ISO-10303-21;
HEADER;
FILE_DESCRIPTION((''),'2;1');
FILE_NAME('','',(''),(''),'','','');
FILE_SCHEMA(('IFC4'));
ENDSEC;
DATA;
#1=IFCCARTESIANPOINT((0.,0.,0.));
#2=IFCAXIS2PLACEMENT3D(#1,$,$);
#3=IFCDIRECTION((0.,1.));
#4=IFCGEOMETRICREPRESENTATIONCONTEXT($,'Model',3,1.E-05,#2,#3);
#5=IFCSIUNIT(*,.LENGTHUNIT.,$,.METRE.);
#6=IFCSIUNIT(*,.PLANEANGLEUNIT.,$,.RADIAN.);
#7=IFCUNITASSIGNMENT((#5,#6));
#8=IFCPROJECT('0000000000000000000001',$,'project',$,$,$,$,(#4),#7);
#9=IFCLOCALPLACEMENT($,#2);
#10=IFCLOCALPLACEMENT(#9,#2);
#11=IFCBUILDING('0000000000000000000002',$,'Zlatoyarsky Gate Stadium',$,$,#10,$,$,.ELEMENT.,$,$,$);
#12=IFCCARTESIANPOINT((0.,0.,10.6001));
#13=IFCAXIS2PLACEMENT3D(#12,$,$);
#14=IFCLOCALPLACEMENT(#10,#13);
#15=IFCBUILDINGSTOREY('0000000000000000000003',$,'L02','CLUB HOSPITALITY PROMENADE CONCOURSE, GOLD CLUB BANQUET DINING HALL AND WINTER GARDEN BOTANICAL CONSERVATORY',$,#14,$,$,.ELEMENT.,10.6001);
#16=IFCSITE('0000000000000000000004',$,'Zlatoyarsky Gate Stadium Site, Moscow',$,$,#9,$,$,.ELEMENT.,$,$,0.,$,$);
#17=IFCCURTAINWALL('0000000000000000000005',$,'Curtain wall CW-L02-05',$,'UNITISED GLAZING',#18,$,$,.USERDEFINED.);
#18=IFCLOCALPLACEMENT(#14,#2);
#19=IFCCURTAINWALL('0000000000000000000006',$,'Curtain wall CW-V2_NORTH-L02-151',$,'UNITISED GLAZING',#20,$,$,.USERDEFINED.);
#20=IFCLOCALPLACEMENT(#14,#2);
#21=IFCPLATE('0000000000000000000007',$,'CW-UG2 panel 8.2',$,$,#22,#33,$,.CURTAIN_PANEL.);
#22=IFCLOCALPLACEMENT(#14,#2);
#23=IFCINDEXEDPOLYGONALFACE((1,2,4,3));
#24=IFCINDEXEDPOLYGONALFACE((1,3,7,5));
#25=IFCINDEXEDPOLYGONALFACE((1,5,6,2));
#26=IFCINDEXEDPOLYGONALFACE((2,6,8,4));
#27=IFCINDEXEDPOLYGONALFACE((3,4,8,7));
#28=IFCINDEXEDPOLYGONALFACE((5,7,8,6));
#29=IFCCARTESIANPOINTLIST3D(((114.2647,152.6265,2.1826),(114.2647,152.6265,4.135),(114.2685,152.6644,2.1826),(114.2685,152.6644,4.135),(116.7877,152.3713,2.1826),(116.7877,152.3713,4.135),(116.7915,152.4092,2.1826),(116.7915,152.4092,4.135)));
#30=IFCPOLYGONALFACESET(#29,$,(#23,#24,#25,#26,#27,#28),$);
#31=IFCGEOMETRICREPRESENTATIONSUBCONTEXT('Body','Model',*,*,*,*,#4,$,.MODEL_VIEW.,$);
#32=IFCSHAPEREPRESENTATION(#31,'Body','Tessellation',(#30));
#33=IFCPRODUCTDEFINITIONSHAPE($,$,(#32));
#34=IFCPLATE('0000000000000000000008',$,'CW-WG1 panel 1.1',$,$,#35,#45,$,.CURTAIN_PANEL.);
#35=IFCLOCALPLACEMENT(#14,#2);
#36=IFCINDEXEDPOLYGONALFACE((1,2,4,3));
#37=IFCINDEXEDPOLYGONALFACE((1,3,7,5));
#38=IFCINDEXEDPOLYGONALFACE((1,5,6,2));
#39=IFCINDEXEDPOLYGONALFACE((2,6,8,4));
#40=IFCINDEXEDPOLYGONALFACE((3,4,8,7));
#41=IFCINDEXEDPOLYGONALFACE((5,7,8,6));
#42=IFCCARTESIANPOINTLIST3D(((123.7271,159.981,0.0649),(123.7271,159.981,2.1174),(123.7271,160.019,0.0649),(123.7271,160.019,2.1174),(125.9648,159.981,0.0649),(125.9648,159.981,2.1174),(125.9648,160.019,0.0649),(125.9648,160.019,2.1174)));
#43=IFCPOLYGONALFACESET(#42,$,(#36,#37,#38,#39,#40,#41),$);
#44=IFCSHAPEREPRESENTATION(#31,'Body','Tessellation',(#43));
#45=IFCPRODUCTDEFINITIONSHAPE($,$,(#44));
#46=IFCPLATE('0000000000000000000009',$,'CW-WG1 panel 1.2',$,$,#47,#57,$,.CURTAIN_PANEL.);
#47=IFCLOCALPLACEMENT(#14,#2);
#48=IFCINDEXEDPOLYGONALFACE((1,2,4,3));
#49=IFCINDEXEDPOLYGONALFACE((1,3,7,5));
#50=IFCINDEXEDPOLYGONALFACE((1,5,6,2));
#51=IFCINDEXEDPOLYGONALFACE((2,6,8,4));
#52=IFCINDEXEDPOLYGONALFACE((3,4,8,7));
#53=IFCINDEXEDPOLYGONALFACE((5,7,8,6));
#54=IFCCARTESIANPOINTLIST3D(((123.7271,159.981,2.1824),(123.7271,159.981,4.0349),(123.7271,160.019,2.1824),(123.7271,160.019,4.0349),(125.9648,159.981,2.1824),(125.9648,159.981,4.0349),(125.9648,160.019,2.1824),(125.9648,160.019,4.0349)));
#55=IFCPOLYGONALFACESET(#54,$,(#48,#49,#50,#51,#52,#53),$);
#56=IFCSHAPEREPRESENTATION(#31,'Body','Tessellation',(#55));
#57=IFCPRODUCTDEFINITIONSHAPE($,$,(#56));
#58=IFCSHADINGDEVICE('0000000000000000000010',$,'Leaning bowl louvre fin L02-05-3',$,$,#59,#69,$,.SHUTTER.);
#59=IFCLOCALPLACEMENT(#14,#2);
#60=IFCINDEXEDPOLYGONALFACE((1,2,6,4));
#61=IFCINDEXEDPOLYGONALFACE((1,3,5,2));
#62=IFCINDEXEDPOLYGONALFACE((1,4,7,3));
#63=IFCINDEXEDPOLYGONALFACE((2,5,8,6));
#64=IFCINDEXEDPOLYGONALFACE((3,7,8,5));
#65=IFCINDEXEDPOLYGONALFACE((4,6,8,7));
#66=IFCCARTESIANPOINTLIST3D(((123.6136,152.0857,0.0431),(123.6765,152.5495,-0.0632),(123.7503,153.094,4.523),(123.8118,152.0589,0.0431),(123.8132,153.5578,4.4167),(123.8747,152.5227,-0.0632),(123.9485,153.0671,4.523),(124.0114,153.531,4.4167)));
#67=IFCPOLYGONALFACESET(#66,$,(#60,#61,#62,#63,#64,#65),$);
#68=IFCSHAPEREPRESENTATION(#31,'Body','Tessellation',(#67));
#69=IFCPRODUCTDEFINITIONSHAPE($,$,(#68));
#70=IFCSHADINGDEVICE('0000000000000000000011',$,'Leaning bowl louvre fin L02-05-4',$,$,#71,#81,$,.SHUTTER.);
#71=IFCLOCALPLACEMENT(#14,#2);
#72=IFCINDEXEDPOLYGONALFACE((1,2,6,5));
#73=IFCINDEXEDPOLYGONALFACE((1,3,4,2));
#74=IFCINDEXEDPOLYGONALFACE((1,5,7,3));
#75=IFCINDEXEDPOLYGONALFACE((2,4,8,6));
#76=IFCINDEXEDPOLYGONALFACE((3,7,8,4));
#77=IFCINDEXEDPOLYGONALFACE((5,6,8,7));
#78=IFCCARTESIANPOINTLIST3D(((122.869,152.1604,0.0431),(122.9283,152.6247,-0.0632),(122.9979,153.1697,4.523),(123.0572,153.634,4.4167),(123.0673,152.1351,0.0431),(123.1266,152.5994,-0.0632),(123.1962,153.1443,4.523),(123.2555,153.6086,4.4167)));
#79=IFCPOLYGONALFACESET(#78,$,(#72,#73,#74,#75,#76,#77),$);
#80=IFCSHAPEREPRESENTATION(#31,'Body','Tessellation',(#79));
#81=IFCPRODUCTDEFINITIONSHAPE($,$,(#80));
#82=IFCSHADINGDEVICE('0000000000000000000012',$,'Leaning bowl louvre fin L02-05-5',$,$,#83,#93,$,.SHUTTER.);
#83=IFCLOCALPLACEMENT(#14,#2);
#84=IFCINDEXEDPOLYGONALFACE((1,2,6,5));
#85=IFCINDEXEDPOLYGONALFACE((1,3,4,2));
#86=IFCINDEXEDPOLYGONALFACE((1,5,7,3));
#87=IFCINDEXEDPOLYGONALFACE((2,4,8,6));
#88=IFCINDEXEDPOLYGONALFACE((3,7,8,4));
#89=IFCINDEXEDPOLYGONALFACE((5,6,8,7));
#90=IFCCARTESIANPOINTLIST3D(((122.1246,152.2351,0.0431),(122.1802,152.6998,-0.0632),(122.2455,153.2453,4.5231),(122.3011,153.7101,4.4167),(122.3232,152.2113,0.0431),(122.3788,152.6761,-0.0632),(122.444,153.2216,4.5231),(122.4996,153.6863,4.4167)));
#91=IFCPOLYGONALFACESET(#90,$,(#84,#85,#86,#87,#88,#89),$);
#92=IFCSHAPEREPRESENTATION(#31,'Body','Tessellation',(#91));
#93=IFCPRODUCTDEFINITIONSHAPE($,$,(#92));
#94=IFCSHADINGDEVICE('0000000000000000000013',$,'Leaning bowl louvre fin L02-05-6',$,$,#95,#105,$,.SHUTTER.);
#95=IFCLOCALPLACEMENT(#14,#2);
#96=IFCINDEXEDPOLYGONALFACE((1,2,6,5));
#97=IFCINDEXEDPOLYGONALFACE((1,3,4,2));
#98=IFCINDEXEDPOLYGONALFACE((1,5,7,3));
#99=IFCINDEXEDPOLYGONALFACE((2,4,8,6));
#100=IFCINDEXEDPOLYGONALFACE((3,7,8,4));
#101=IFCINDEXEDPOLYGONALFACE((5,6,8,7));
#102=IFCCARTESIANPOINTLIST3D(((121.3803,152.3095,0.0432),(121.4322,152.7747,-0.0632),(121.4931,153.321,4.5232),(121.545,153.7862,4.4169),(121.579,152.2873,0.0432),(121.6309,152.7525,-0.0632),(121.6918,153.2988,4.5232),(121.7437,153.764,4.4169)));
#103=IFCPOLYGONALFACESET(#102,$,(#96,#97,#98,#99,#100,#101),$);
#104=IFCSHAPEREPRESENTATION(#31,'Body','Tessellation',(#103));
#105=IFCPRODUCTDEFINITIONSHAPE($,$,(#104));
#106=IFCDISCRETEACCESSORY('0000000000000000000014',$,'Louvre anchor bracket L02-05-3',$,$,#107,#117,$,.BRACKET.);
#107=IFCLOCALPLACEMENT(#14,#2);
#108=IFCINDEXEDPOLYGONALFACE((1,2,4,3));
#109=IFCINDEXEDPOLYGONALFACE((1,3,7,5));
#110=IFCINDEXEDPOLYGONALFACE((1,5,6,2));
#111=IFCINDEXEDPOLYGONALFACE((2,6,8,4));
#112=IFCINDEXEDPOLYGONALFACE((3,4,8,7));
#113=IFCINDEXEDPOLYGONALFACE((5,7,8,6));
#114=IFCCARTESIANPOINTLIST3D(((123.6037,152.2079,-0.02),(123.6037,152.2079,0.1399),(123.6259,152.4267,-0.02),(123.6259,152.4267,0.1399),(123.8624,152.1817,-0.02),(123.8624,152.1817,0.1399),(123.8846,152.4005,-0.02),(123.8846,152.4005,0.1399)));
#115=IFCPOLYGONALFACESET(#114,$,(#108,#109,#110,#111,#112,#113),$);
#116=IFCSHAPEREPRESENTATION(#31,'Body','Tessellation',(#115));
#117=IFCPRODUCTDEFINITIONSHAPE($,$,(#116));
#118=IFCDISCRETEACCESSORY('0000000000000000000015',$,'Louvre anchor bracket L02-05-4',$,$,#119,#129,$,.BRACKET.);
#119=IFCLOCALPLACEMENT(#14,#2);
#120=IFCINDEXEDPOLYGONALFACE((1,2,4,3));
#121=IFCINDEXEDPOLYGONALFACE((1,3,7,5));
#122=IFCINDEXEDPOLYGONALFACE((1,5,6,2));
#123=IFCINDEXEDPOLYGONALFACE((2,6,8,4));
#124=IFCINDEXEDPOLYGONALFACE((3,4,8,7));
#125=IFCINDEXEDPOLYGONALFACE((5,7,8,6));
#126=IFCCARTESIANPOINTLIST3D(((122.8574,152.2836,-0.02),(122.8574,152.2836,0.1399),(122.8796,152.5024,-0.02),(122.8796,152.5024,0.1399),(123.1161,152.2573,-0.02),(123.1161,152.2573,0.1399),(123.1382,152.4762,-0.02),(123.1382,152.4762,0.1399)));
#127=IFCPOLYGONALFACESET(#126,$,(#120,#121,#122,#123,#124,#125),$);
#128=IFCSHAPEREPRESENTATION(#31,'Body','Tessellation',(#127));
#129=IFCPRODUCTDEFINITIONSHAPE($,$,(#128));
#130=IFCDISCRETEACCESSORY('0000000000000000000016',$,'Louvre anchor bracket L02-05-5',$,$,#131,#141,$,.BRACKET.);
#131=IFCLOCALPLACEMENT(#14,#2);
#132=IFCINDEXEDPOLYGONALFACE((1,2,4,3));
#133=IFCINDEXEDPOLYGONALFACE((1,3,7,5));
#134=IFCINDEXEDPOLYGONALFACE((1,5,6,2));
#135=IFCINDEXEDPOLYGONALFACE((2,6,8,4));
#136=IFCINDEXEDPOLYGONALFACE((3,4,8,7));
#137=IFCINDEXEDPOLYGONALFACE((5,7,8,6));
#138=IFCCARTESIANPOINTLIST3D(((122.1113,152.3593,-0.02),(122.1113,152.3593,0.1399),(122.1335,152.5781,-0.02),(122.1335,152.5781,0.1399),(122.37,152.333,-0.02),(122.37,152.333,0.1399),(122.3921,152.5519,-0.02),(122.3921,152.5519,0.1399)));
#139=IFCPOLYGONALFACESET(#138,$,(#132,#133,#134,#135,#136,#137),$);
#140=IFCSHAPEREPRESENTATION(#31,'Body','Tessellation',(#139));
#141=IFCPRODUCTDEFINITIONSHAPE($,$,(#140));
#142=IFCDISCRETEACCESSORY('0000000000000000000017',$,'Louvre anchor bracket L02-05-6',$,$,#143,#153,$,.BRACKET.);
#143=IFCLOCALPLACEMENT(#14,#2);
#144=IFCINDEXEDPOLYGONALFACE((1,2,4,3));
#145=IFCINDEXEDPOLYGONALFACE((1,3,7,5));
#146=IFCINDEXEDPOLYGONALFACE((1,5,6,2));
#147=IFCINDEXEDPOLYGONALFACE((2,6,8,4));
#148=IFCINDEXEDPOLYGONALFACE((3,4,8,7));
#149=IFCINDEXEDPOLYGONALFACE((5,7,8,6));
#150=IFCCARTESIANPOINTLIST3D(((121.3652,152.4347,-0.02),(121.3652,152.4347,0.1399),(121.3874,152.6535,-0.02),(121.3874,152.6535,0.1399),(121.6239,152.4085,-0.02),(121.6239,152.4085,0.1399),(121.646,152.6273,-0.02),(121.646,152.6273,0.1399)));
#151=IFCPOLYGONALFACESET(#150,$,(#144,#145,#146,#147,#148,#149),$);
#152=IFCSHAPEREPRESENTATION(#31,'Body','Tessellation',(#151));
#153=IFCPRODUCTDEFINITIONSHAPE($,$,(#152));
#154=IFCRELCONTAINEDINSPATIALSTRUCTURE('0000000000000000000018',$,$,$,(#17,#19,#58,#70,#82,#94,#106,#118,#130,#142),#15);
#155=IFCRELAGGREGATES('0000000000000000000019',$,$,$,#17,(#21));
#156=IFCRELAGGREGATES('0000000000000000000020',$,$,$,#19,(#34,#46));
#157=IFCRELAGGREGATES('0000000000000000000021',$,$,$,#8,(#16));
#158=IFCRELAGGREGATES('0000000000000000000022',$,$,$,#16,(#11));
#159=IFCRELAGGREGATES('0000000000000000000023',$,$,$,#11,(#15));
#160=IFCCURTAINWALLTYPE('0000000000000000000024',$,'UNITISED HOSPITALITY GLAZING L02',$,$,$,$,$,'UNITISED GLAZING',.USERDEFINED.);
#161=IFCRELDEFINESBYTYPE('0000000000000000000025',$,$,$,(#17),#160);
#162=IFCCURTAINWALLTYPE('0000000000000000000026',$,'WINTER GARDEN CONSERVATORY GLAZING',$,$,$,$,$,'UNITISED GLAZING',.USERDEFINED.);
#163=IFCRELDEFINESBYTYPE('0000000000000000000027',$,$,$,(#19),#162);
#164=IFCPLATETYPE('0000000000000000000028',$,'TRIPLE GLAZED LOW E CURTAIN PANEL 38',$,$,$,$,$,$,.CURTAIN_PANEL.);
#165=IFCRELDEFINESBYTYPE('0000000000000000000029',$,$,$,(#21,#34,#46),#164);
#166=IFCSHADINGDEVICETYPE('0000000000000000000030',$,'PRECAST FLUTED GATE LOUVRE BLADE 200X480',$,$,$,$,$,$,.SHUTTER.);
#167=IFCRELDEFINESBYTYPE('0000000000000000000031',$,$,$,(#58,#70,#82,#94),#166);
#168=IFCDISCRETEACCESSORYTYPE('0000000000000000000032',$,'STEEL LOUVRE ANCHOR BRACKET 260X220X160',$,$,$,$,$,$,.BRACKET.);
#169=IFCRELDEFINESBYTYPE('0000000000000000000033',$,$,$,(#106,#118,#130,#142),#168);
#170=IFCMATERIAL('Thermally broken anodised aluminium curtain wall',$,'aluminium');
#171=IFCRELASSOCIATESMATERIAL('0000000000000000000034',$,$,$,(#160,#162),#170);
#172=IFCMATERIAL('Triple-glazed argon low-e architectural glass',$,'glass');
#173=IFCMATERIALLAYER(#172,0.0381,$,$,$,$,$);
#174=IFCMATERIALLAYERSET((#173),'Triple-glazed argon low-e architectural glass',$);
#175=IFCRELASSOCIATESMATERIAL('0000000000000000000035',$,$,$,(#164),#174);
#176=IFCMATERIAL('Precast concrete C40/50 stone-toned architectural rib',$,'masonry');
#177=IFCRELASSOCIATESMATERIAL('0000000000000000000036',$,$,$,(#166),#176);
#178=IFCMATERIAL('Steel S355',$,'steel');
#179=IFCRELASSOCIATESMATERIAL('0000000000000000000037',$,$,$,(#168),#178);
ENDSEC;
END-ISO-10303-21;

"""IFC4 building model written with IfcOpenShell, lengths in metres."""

from ifc_helpers import new_model, si_unit, direction, frame, origin, origin_2d, place, context, subcontext, project, spatial, rectangle, extrude, material, layer, layer_set, material_profile, profile_set, type_object, element, aggregate, save


model = new_model("IFC4")

# Units and contexts
model_context = context("Model", 3, precision=1e-05, world=origin(), true_north=direction((0.0, 1.0)))
body_context = subcontext(model_context, "Body", "Model", "MODEL_VIEW")
ifc_project = project(units=[si_unit("LENGTHUNIT", "METRE"), si_unit("PLANEANGLEUNIT", "RADIAN")], contexts=[model_context])

# Site, building, storey
site_placement = place(None, origin())
site = spatial("IfcSite", under=ifc_project, at=site_placement, Name="Zlatoyarsky Gate Stadium Site, Moscow", CompositionType="ELEMENT", RefElevation=0.0)
building_placement = place(site_placement, origin())
building = spatial("IfcBuilding", under=site, at=building_placement, Name="Zlatoyarsky Gate Stadium", CompositionType="ELEMENT")
storey_placement = place(building_placement, frame((0.0, 0.0, 10.6001)))
storey = spatial("IfcBuildingStorey", under=building, at=storey_placement, Name="L02", Description="CLUB HOSPITALITY PROMENADE CONCOURSE, GOLD CLUB BANQUET DINING HALL AND WINTER GARDEN BOTANICAL CONSERVATORY", CompositionType="ELEMENT", Elevation=10.6001)

# Shared definitions
ifc_material_1 = material(Name="Steel S355", Category="steel")

# Curtain walls
ifc_material_2 = material(Name="Thermally broken anodised aluminium curtain wall", Category="aluminium")
curtain_wall_type_1 = type_object("IfcCurtainWallType", Name="UNITISED HOSPITALITY GLAZING L02", ElementType="UNITISED GLAZING", PredefinedType="USERDEFINED", material=ifc_material_2)
curtain_wall_1_placement = place(storey_placement, origin())
curtain_wall_1 = element("IfcCurtainWall", 1, at=curtain_wall_1_placement, inside=storey, type_object=curtain_wall_type_1, Name="Curtain wall CW-L02-05", ObjectType="UNITISED GLAZING", PredefinedType="USERDEFINED")
curtain_wall_type_2 = type_object("IfcCurtainWallType", Name="WINTER GARDEN CONSERVATORY GLAZING", ElementType="UNITISED GLAZING", PredefinedType="USERDEFINED", material=ifc_material_2)
curtain_wall_2_placement = place(storey_placement, origin())
curtain_wall_2 = element("IfcCurtainWall", 2, at=curtain_wall_2_placement, inside=storey, type_object=curtain_wall_type_2, Name="Curtain wall CW-V2_NORTH-L02-151", ObjectType="UNITISED GLAZING", PredefinedType="USERDEFINED")

# Plates
ifc_material_3 = material(Name="Triple-glazed argon low-e architectural glass", Category="glass")
ifc_layer_1 = layer(ifc_material_3, 0.0381)
ifc_layer_set_1 = layer_set([ifc_layer_1], Name="Triple-glazed argon low-e architectural glass")
plate_type_1 = type_object("IfcPlateType", Name="TRIPLE GLAZED LOW E CURTAIN PANEL 38", PredefinedType="CURTAIN_PANEL", material=ifc_layer_set_1)
plate_1_placement = place(storey_placement, frame((115.5281, 152.5178, 2.1826), z_axis=(0.0, 0.0, 1.0), x_axis=(-0.994922, 0.100645, 0.0)))
plate_1 = element("IfcPlate", 3, at=plate_1_placement, type_object=plate_type_1, Name="CW-UG2 panel 8.2", PredefinedType="CURTAIN_PANEL", context=body_context, shape_type="SweptSolid", body=[
    extrude(rectangle(XDim=2.5359, YDim=0.0381, at=origin_2d()), origin(), (0.0, 0.0, 1.0), 1.9524),
])
aggregate(curtain_wall_1, [plate_1])
plate_2_placement = place(storey_placement, frame((124.8459, 160.0, 0.0649), z_axis=(0.0, 0.0, 1.0), x_axis=(1.0, 0.0, 0.0)))
plate_2 = element("IfcPlate", 4, at=plate_2_placement, type_object=plate_type_1, Name="CW-WG1 panel 1.1", PredefinedType="CURTAIN_PANEL", context=body_context, shape_type="SweptSolid", body=[
    extrude(rectangle(XDim=2.2378, YDim=0.0381, at=origin_2d()), origin(), (0.0, 0.0, 1.0), 2.0525),
])
plate_3_placement = place(storey_placement, frame((124.8459, 160.0, 2.1824), z_axis=(0.0, 0.0, 1.0), x_axis=(1.0, 0.0, 0.0)))
plate_3 = element("IfcPlate", 5, at=plate_3_placement, type_object=plate_type_1, Name="CW-WG1 panel 1.2", PredefinedType="CURTAIN_PANEL", context=body_context, shape_type="SweptSolid", body=[
    extrude(rectangle(XDim=2.2378, YDim=0.0381, at=origin_2d()), origin(), (0.0, 0.0, 1.0), 1.8525),
])
aggregate(curtain_wall_2, [plate_2, plate_3])

# Shading devices
ifc_material_4 = material(Name="Precast concrete C40/50 stone-toned architectural rib", Category="masonry")
ifc_material_profile_1 = material_profile(ifc_material_4, rectangle(XDim=0.2, YDim=0.48, at=origin_2d()), Name="RIB 200X480")
ifc_profile_set_1 = profile_set([ifc_material_profile_1], Name="Precast concrete C40/50 stone-toned architectural rib")
shading_device_type = type_object("IfcShadingDeviceType", Name="PRECAST FLUTED GATE LOUVRE BLADE 200X480", PredefinedType="SHUTTER", material=ifc_profile_set_1)
for number, where, z_axis, x_axis, name in (
    (6, (123.7441, 152.3042, -0.01), (0.02976, 0.219478, 0.975163), (-0.990932, 0.134364, 0.0), "Leaning bowl louvre fin L02-05-3"),
    (7, (122.9978, 152.3799, -0.01), (0.028059, 0.219691, 0.975166), (-0.991942, 0.126692, 0.0), "Leaning bowl louvre fin L02-05-4"),
    (8, (122.2517, 152.4556, -0.01), (0.026306, 0.219904, 0.975167), (-0.992921, 0.118776, 0.0), "Leaning bowl louvre fin L02-05-5"),
):
    element("IfcShadingDevice", number, at=place(storey_placement, frame(where, z_axis=z_axis, x_axis=x_axis)), inside=storey, type_object=shading_device_type, Name=name, PredefinedType="SHUTTER", context=body_context, shape_type="SweptSolid", body=[
        extrude(rectangle(XDim=0.2, YDim=0.48, at=origin_2d()), origin(), (0.0, 0.0, 1.0), 4.594),
    ])
shading_device_placement = place(storey_placement, frame((121.5056, 152.531, -0.01), z_axis=(0.024552, 0.220167, 0.975153), x_axis=(-0.99384, 0.110826, 0.0)))
element("IfcShadingDevice", 9, at=shading_device_placement, inside=storey, type_object=shading_device_type, Name="Leaning bowl louvre fin L02-05-6", PredefinedType="SHUTTER", context=body_context, shape_type="SweptSolid", body=[
    extrude(rectangle(XDim=0.2, YDim=0.48, at=origin_2d()), origin(), (0.0, 0.0, 1.0), 4.5942),
])

# Discrete accessories
discrete_accessory_type = type_object("IfcDiscreteAccessoryType", Name="STEEL LOUVRE ANCHOR BRACKET 260X220X160", PredefinedType="BRACKET", material=ifc_material_1)
for number, where, z_axis, x_axis, name in (
    (10, (123.7441, 152.3042, -0.02), (0.0, 0.0, 1.0), (-0.994903, 0.100837, 0.0), "Louvre anchor bracket L02-05-3"),
    (11, (122.9978, 152.3799, -0.02), (0.0, 0.0, 1.0), (-0.994903, 0.100837, 0.0), "Louvre anchor bracket L02-05-4"),
    (12, (122.2517, 152.4556, -0.02), (0.0, 0.0, 1.0), (-0.994903, 0.100837, 0.0), "Louvre anchor bracket L02-05-5"),
    (13, (121.5056, 152.531, -0.02), (0.0, 0.0, 1.0), (-0.994903, 0.100837, 0.0), "Louvre anchor bracket L02-05-6"),
):
    element("IfcDiscreteAccessory", number, at=place(storey_placement, frame(where, z_axis=z_axis, x_axis=x_axis)), inside=storey, type_object=discrete_accessory_type, Name=name, PredefinedType="BRACKET", context=body_context, shape_type="SweptSolid", body=[
        extrude(rectangle(XDim=0.26, YDim=0.22, at=origin_2d()), origin(), (0.0, 0.0, 1.0), 0.1599),
    ])

save(model, "model.ifc")
